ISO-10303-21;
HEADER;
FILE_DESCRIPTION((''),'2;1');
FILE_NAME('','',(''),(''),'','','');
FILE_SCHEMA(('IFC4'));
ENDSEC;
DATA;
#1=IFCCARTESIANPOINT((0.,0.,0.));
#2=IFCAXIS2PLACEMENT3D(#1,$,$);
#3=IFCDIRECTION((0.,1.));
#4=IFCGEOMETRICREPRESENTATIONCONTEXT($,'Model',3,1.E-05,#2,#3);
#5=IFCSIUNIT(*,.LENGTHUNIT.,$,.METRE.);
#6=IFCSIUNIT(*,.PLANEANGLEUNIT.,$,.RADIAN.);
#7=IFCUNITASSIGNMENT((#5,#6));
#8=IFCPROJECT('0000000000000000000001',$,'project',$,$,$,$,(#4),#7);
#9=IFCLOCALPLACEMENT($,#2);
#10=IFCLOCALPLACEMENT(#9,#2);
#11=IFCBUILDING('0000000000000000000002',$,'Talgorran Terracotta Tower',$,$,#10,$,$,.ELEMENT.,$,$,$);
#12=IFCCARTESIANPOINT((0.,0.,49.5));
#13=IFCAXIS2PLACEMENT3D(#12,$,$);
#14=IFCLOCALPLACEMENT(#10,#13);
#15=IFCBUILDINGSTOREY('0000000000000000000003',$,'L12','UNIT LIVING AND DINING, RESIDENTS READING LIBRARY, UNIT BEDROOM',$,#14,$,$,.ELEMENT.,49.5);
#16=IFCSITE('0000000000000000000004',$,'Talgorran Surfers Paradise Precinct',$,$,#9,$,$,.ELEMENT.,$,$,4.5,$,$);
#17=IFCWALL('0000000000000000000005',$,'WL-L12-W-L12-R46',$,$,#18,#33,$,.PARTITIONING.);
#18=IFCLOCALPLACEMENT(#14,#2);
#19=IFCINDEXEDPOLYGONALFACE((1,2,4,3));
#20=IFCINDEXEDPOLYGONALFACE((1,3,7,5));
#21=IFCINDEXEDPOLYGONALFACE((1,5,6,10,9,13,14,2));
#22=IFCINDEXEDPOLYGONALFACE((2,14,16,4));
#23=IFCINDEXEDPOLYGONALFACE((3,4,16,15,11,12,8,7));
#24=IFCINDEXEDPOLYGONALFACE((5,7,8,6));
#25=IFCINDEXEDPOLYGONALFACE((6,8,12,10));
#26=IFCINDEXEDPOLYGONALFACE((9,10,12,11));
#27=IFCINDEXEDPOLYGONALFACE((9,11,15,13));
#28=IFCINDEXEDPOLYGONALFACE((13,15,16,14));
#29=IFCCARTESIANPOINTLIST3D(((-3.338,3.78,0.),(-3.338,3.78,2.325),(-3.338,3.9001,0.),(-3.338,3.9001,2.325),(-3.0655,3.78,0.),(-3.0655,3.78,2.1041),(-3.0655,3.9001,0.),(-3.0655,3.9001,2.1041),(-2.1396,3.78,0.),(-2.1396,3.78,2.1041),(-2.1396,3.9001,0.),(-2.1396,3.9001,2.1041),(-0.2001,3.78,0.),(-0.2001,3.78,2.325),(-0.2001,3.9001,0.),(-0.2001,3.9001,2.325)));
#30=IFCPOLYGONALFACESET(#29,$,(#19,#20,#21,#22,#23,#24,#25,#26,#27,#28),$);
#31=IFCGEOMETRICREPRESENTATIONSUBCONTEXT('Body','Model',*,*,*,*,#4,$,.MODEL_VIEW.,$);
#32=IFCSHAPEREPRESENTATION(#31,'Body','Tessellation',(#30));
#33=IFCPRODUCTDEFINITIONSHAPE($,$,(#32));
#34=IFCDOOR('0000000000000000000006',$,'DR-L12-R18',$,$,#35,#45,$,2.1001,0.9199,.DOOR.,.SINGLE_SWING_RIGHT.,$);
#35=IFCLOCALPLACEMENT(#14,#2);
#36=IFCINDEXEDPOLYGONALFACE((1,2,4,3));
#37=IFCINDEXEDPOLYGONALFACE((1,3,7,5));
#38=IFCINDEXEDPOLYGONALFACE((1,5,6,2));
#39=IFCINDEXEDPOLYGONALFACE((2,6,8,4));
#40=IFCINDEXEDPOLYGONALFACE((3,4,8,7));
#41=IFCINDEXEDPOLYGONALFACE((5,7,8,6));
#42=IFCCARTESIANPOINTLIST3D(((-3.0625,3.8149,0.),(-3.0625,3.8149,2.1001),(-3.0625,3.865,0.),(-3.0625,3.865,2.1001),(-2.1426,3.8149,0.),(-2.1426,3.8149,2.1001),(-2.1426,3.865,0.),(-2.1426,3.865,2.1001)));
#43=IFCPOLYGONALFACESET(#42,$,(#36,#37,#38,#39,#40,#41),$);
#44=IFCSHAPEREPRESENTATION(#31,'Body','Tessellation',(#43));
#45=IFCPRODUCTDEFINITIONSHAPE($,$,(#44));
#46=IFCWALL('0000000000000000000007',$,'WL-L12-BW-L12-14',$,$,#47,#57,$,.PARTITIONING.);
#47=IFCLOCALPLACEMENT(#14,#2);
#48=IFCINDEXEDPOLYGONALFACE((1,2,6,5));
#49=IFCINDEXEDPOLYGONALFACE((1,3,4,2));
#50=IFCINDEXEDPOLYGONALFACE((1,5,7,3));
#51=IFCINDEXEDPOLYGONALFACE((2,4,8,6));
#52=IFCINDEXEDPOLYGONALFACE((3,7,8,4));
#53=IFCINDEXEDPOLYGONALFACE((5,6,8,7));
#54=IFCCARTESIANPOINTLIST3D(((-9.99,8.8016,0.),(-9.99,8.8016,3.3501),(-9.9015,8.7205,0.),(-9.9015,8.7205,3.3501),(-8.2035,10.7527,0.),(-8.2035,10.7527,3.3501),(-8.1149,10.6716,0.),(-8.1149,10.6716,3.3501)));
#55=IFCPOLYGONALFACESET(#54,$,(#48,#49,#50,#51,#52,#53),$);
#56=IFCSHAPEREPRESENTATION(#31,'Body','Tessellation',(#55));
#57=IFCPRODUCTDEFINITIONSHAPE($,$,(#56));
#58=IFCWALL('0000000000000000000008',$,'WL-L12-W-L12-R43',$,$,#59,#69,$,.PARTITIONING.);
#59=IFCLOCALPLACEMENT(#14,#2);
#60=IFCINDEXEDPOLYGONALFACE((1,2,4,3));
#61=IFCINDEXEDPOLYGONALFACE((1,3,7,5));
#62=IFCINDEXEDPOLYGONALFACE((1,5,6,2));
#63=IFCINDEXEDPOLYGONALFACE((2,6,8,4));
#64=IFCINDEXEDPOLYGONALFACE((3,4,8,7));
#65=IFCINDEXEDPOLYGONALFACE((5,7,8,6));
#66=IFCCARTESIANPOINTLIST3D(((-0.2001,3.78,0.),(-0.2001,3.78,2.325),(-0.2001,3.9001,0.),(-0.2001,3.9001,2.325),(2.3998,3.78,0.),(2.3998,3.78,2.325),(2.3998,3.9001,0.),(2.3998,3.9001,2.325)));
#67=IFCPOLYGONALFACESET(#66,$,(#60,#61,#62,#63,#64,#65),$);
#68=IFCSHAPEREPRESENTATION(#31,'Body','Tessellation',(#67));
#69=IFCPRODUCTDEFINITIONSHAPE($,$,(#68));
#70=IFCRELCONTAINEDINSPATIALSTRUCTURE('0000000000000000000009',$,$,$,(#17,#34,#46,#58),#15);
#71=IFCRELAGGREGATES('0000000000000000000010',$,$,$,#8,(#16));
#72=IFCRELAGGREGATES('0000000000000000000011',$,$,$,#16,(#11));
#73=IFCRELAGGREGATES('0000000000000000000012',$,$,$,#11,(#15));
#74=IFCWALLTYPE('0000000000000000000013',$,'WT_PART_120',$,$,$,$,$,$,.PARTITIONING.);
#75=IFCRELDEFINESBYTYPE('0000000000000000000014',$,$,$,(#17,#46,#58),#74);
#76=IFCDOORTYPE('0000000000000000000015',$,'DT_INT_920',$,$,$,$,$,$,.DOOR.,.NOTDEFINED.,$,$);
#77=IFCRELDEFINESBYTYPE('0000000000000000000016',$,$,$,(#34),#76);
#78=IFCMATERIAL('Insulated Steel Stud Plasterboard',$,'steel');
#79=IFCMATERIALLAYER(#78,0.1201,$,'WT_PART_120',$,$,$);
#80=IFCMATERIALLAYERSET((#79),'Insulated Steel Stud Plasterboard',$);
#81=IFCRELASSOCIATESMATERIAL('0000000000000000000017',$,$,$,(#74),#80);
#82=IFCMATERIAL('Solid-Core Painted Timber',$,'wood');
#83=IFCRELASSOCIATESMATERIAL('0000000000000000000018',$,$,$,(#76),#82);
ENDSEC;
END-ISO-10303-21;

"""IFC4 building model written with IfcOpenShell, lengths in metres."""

from ifc_helpers import new_model, si_unit, direction, frame, frame_2d, origin, place, context, subcontext, project, spatial, rectangle, extrude, material, layer, layer_set, type_object, element, fill, save


model = new_model("IFC4")

# Units and contexts
model_context = context("Model", 3, precision=1e-05, world=origin(), true_north=direction((0.0, 1.0)))
body_context = subcontext(model_context, "Body", "Model", "MODEL_VIEW")
ifc_project = project(units=[si_unit("LENGTHUNIT", "METRE"), si_unit("PLANEANGLEUNIT", "RADIAN")], contexts=[model_context])

# Site, building, storey
site_placement = place(None, origin())
site = spatial("IfcSite", under=ifc_project, at=site_placement, Name="Talgorran Surfers Paradise Precinct", CompositionType="ELEMENT", RefElevation=4.5)
building_placement = place(site_placement, origin())
building = spatial("IfcBuilding", under=site, at=building_placement, Name="Talgorran Terracotta Tower", CompositionType="ELEMENT")
storey_placement = place(building_placement, frame((0.0, 0.0, 49.5)))
storey = spatial("IfcBuildingStorey", under=building, at=storey_placement, Name="L12", Description="UNIT LIVING AND DINING, RESIDENTS READING LIBRARY, UNIT BEDROOM", CompositionType="ELEMENT", Elevation=49.5)

# Wall, opening, door
ifc_material_1 = material(Name="Insulated Steel Stud Plasterboard", Category="steel")
ifc_layer_1 = layer(ifc_material_1, 0.1201, Name="WT_PART_120")
ifc_layer_set_1 = layer_set([ifc_layer_1], Name="Insulated Steel Stud Plasterboard")
wall_type = type_object("IfcWallType", Name="WT_PART_120", PredefinedType="PARTITIONING", material=ifc_layer_set_1)
ifc_material_2 = material(Name="Solid-Core Painted Timber", Category="wood")
door_type = type_object("IfcDoorType", Name="DT_INT_920", OperationType="NOTDEFINED", PredefinedType="DOOR", material=ifc_material_2)
wall_1_placement = place(storey_placement, frame((-3.3379, 3.8401, 0.0), z_axis=(0.0, 0.0, 1.0), x_axis=(1.0, 0.0, 0.0)))
wall_1 = element("IfcWall", 1, at=wall_1_placement, inside=storey, type_object=wall_type, Name="WL-L12-W-L12-R46", PredefinedType="PARTITIONING", context=body_context, shape_type="SweptSolid", body=[
    extrude(rectangle(XDim=3.1379, YDim=0.1201, at=frame_2d((1.5688, 0.0))), origin(), (0.0, 0.0, 1.0), 2.325),
])
opening_1_placement = place(wall_1_placement, frame((0.2754, 0.0, 0.0)))
opening_1 = element("IfcOpeningElement", 2, at=opening_1_placement, cuts=wall_1, PredefinedType="OPENING", context=body_context, shape_type="SweptSolid", body=[
    extrude(rectangle(XDim=0.9259, YDim=2.1041, at=frame_2d((0.46, 1.052))), frame((0.0, 0.0701, 0.0), z_axis=(0.0, -1.0, 0.0), x_axis=(1.0, 0.0, 0.0)), (0.0, 0.0, 1.0), 0.1401),
])
door_1_placement = place(opening_1_placement, origin())
door_1 = element("IfcDoor", 3, at=door_1_placement, inside=storey, type_object=door_type, Name="DR-L12-R18", OperationType="SINGLE_SWING_RIGHT", OverallHeight=2.1001, OverallWidth=0.9199, PredefinedType="DOOR", context=body_context, shape_type="SweptSolid", body=[
    extrude(rectangle(XDim=0.9199, YDim=2.1001, at=frame_2d((0.46, 1.05))), frame((0.0, 0.0249, 0.0), z_axis=(0.0, -1.0, 0.0), x_axis=(1.0, 0.0, 0.0)), (0.0, 0.0, 1.0), 0.05),
])
fill(opening_1, door_1)

# Walls
wall_2_placement = place(storey_placement, frame((-8.1592, 10.7122, 0.0), z_axis=(0.0, 0.0, 1.0), x_axis=(-0.675323, -0.737522, 0.0)))
element("IfcWall", 4, at=wall_2_placement, inside=storey, type_object=wall_type, Name="WL-L12-BW-L12-14", PredefinedType="PARTITIONING", context=body_context, shape_type="SweptSolid", body=[
    extrude(rectangle(XDim=2.6455, YDim=0.1201, at=frame_2d((1.3228, 0.0))), origin(), (0.0, 0.0, 1.0), 3.3501),
])
wall_3_placement = place(storey_placement, frame((-0.2, 3.8401, 0.0), z_axis=(0.0, 0.0, 1.0), x_axis=(1.0, 0.0, 0.0)))
element("IfcWall", 5, at=wall_3_placement, inside=storey, type_object=wall_type, Name="WL-L12-W-L12-R43", PredefinedType="PARTITIONING", context=body_context, shape_type="SweptSolid", body=[
    extrude(rectangle(XDim=2.5999, YDim=0.1201, at=frame_2d((1.2998, 0.0))), origin(), (0.0, 0.0, 1.0), 2.325),
])

save(model, "model.ifc")
